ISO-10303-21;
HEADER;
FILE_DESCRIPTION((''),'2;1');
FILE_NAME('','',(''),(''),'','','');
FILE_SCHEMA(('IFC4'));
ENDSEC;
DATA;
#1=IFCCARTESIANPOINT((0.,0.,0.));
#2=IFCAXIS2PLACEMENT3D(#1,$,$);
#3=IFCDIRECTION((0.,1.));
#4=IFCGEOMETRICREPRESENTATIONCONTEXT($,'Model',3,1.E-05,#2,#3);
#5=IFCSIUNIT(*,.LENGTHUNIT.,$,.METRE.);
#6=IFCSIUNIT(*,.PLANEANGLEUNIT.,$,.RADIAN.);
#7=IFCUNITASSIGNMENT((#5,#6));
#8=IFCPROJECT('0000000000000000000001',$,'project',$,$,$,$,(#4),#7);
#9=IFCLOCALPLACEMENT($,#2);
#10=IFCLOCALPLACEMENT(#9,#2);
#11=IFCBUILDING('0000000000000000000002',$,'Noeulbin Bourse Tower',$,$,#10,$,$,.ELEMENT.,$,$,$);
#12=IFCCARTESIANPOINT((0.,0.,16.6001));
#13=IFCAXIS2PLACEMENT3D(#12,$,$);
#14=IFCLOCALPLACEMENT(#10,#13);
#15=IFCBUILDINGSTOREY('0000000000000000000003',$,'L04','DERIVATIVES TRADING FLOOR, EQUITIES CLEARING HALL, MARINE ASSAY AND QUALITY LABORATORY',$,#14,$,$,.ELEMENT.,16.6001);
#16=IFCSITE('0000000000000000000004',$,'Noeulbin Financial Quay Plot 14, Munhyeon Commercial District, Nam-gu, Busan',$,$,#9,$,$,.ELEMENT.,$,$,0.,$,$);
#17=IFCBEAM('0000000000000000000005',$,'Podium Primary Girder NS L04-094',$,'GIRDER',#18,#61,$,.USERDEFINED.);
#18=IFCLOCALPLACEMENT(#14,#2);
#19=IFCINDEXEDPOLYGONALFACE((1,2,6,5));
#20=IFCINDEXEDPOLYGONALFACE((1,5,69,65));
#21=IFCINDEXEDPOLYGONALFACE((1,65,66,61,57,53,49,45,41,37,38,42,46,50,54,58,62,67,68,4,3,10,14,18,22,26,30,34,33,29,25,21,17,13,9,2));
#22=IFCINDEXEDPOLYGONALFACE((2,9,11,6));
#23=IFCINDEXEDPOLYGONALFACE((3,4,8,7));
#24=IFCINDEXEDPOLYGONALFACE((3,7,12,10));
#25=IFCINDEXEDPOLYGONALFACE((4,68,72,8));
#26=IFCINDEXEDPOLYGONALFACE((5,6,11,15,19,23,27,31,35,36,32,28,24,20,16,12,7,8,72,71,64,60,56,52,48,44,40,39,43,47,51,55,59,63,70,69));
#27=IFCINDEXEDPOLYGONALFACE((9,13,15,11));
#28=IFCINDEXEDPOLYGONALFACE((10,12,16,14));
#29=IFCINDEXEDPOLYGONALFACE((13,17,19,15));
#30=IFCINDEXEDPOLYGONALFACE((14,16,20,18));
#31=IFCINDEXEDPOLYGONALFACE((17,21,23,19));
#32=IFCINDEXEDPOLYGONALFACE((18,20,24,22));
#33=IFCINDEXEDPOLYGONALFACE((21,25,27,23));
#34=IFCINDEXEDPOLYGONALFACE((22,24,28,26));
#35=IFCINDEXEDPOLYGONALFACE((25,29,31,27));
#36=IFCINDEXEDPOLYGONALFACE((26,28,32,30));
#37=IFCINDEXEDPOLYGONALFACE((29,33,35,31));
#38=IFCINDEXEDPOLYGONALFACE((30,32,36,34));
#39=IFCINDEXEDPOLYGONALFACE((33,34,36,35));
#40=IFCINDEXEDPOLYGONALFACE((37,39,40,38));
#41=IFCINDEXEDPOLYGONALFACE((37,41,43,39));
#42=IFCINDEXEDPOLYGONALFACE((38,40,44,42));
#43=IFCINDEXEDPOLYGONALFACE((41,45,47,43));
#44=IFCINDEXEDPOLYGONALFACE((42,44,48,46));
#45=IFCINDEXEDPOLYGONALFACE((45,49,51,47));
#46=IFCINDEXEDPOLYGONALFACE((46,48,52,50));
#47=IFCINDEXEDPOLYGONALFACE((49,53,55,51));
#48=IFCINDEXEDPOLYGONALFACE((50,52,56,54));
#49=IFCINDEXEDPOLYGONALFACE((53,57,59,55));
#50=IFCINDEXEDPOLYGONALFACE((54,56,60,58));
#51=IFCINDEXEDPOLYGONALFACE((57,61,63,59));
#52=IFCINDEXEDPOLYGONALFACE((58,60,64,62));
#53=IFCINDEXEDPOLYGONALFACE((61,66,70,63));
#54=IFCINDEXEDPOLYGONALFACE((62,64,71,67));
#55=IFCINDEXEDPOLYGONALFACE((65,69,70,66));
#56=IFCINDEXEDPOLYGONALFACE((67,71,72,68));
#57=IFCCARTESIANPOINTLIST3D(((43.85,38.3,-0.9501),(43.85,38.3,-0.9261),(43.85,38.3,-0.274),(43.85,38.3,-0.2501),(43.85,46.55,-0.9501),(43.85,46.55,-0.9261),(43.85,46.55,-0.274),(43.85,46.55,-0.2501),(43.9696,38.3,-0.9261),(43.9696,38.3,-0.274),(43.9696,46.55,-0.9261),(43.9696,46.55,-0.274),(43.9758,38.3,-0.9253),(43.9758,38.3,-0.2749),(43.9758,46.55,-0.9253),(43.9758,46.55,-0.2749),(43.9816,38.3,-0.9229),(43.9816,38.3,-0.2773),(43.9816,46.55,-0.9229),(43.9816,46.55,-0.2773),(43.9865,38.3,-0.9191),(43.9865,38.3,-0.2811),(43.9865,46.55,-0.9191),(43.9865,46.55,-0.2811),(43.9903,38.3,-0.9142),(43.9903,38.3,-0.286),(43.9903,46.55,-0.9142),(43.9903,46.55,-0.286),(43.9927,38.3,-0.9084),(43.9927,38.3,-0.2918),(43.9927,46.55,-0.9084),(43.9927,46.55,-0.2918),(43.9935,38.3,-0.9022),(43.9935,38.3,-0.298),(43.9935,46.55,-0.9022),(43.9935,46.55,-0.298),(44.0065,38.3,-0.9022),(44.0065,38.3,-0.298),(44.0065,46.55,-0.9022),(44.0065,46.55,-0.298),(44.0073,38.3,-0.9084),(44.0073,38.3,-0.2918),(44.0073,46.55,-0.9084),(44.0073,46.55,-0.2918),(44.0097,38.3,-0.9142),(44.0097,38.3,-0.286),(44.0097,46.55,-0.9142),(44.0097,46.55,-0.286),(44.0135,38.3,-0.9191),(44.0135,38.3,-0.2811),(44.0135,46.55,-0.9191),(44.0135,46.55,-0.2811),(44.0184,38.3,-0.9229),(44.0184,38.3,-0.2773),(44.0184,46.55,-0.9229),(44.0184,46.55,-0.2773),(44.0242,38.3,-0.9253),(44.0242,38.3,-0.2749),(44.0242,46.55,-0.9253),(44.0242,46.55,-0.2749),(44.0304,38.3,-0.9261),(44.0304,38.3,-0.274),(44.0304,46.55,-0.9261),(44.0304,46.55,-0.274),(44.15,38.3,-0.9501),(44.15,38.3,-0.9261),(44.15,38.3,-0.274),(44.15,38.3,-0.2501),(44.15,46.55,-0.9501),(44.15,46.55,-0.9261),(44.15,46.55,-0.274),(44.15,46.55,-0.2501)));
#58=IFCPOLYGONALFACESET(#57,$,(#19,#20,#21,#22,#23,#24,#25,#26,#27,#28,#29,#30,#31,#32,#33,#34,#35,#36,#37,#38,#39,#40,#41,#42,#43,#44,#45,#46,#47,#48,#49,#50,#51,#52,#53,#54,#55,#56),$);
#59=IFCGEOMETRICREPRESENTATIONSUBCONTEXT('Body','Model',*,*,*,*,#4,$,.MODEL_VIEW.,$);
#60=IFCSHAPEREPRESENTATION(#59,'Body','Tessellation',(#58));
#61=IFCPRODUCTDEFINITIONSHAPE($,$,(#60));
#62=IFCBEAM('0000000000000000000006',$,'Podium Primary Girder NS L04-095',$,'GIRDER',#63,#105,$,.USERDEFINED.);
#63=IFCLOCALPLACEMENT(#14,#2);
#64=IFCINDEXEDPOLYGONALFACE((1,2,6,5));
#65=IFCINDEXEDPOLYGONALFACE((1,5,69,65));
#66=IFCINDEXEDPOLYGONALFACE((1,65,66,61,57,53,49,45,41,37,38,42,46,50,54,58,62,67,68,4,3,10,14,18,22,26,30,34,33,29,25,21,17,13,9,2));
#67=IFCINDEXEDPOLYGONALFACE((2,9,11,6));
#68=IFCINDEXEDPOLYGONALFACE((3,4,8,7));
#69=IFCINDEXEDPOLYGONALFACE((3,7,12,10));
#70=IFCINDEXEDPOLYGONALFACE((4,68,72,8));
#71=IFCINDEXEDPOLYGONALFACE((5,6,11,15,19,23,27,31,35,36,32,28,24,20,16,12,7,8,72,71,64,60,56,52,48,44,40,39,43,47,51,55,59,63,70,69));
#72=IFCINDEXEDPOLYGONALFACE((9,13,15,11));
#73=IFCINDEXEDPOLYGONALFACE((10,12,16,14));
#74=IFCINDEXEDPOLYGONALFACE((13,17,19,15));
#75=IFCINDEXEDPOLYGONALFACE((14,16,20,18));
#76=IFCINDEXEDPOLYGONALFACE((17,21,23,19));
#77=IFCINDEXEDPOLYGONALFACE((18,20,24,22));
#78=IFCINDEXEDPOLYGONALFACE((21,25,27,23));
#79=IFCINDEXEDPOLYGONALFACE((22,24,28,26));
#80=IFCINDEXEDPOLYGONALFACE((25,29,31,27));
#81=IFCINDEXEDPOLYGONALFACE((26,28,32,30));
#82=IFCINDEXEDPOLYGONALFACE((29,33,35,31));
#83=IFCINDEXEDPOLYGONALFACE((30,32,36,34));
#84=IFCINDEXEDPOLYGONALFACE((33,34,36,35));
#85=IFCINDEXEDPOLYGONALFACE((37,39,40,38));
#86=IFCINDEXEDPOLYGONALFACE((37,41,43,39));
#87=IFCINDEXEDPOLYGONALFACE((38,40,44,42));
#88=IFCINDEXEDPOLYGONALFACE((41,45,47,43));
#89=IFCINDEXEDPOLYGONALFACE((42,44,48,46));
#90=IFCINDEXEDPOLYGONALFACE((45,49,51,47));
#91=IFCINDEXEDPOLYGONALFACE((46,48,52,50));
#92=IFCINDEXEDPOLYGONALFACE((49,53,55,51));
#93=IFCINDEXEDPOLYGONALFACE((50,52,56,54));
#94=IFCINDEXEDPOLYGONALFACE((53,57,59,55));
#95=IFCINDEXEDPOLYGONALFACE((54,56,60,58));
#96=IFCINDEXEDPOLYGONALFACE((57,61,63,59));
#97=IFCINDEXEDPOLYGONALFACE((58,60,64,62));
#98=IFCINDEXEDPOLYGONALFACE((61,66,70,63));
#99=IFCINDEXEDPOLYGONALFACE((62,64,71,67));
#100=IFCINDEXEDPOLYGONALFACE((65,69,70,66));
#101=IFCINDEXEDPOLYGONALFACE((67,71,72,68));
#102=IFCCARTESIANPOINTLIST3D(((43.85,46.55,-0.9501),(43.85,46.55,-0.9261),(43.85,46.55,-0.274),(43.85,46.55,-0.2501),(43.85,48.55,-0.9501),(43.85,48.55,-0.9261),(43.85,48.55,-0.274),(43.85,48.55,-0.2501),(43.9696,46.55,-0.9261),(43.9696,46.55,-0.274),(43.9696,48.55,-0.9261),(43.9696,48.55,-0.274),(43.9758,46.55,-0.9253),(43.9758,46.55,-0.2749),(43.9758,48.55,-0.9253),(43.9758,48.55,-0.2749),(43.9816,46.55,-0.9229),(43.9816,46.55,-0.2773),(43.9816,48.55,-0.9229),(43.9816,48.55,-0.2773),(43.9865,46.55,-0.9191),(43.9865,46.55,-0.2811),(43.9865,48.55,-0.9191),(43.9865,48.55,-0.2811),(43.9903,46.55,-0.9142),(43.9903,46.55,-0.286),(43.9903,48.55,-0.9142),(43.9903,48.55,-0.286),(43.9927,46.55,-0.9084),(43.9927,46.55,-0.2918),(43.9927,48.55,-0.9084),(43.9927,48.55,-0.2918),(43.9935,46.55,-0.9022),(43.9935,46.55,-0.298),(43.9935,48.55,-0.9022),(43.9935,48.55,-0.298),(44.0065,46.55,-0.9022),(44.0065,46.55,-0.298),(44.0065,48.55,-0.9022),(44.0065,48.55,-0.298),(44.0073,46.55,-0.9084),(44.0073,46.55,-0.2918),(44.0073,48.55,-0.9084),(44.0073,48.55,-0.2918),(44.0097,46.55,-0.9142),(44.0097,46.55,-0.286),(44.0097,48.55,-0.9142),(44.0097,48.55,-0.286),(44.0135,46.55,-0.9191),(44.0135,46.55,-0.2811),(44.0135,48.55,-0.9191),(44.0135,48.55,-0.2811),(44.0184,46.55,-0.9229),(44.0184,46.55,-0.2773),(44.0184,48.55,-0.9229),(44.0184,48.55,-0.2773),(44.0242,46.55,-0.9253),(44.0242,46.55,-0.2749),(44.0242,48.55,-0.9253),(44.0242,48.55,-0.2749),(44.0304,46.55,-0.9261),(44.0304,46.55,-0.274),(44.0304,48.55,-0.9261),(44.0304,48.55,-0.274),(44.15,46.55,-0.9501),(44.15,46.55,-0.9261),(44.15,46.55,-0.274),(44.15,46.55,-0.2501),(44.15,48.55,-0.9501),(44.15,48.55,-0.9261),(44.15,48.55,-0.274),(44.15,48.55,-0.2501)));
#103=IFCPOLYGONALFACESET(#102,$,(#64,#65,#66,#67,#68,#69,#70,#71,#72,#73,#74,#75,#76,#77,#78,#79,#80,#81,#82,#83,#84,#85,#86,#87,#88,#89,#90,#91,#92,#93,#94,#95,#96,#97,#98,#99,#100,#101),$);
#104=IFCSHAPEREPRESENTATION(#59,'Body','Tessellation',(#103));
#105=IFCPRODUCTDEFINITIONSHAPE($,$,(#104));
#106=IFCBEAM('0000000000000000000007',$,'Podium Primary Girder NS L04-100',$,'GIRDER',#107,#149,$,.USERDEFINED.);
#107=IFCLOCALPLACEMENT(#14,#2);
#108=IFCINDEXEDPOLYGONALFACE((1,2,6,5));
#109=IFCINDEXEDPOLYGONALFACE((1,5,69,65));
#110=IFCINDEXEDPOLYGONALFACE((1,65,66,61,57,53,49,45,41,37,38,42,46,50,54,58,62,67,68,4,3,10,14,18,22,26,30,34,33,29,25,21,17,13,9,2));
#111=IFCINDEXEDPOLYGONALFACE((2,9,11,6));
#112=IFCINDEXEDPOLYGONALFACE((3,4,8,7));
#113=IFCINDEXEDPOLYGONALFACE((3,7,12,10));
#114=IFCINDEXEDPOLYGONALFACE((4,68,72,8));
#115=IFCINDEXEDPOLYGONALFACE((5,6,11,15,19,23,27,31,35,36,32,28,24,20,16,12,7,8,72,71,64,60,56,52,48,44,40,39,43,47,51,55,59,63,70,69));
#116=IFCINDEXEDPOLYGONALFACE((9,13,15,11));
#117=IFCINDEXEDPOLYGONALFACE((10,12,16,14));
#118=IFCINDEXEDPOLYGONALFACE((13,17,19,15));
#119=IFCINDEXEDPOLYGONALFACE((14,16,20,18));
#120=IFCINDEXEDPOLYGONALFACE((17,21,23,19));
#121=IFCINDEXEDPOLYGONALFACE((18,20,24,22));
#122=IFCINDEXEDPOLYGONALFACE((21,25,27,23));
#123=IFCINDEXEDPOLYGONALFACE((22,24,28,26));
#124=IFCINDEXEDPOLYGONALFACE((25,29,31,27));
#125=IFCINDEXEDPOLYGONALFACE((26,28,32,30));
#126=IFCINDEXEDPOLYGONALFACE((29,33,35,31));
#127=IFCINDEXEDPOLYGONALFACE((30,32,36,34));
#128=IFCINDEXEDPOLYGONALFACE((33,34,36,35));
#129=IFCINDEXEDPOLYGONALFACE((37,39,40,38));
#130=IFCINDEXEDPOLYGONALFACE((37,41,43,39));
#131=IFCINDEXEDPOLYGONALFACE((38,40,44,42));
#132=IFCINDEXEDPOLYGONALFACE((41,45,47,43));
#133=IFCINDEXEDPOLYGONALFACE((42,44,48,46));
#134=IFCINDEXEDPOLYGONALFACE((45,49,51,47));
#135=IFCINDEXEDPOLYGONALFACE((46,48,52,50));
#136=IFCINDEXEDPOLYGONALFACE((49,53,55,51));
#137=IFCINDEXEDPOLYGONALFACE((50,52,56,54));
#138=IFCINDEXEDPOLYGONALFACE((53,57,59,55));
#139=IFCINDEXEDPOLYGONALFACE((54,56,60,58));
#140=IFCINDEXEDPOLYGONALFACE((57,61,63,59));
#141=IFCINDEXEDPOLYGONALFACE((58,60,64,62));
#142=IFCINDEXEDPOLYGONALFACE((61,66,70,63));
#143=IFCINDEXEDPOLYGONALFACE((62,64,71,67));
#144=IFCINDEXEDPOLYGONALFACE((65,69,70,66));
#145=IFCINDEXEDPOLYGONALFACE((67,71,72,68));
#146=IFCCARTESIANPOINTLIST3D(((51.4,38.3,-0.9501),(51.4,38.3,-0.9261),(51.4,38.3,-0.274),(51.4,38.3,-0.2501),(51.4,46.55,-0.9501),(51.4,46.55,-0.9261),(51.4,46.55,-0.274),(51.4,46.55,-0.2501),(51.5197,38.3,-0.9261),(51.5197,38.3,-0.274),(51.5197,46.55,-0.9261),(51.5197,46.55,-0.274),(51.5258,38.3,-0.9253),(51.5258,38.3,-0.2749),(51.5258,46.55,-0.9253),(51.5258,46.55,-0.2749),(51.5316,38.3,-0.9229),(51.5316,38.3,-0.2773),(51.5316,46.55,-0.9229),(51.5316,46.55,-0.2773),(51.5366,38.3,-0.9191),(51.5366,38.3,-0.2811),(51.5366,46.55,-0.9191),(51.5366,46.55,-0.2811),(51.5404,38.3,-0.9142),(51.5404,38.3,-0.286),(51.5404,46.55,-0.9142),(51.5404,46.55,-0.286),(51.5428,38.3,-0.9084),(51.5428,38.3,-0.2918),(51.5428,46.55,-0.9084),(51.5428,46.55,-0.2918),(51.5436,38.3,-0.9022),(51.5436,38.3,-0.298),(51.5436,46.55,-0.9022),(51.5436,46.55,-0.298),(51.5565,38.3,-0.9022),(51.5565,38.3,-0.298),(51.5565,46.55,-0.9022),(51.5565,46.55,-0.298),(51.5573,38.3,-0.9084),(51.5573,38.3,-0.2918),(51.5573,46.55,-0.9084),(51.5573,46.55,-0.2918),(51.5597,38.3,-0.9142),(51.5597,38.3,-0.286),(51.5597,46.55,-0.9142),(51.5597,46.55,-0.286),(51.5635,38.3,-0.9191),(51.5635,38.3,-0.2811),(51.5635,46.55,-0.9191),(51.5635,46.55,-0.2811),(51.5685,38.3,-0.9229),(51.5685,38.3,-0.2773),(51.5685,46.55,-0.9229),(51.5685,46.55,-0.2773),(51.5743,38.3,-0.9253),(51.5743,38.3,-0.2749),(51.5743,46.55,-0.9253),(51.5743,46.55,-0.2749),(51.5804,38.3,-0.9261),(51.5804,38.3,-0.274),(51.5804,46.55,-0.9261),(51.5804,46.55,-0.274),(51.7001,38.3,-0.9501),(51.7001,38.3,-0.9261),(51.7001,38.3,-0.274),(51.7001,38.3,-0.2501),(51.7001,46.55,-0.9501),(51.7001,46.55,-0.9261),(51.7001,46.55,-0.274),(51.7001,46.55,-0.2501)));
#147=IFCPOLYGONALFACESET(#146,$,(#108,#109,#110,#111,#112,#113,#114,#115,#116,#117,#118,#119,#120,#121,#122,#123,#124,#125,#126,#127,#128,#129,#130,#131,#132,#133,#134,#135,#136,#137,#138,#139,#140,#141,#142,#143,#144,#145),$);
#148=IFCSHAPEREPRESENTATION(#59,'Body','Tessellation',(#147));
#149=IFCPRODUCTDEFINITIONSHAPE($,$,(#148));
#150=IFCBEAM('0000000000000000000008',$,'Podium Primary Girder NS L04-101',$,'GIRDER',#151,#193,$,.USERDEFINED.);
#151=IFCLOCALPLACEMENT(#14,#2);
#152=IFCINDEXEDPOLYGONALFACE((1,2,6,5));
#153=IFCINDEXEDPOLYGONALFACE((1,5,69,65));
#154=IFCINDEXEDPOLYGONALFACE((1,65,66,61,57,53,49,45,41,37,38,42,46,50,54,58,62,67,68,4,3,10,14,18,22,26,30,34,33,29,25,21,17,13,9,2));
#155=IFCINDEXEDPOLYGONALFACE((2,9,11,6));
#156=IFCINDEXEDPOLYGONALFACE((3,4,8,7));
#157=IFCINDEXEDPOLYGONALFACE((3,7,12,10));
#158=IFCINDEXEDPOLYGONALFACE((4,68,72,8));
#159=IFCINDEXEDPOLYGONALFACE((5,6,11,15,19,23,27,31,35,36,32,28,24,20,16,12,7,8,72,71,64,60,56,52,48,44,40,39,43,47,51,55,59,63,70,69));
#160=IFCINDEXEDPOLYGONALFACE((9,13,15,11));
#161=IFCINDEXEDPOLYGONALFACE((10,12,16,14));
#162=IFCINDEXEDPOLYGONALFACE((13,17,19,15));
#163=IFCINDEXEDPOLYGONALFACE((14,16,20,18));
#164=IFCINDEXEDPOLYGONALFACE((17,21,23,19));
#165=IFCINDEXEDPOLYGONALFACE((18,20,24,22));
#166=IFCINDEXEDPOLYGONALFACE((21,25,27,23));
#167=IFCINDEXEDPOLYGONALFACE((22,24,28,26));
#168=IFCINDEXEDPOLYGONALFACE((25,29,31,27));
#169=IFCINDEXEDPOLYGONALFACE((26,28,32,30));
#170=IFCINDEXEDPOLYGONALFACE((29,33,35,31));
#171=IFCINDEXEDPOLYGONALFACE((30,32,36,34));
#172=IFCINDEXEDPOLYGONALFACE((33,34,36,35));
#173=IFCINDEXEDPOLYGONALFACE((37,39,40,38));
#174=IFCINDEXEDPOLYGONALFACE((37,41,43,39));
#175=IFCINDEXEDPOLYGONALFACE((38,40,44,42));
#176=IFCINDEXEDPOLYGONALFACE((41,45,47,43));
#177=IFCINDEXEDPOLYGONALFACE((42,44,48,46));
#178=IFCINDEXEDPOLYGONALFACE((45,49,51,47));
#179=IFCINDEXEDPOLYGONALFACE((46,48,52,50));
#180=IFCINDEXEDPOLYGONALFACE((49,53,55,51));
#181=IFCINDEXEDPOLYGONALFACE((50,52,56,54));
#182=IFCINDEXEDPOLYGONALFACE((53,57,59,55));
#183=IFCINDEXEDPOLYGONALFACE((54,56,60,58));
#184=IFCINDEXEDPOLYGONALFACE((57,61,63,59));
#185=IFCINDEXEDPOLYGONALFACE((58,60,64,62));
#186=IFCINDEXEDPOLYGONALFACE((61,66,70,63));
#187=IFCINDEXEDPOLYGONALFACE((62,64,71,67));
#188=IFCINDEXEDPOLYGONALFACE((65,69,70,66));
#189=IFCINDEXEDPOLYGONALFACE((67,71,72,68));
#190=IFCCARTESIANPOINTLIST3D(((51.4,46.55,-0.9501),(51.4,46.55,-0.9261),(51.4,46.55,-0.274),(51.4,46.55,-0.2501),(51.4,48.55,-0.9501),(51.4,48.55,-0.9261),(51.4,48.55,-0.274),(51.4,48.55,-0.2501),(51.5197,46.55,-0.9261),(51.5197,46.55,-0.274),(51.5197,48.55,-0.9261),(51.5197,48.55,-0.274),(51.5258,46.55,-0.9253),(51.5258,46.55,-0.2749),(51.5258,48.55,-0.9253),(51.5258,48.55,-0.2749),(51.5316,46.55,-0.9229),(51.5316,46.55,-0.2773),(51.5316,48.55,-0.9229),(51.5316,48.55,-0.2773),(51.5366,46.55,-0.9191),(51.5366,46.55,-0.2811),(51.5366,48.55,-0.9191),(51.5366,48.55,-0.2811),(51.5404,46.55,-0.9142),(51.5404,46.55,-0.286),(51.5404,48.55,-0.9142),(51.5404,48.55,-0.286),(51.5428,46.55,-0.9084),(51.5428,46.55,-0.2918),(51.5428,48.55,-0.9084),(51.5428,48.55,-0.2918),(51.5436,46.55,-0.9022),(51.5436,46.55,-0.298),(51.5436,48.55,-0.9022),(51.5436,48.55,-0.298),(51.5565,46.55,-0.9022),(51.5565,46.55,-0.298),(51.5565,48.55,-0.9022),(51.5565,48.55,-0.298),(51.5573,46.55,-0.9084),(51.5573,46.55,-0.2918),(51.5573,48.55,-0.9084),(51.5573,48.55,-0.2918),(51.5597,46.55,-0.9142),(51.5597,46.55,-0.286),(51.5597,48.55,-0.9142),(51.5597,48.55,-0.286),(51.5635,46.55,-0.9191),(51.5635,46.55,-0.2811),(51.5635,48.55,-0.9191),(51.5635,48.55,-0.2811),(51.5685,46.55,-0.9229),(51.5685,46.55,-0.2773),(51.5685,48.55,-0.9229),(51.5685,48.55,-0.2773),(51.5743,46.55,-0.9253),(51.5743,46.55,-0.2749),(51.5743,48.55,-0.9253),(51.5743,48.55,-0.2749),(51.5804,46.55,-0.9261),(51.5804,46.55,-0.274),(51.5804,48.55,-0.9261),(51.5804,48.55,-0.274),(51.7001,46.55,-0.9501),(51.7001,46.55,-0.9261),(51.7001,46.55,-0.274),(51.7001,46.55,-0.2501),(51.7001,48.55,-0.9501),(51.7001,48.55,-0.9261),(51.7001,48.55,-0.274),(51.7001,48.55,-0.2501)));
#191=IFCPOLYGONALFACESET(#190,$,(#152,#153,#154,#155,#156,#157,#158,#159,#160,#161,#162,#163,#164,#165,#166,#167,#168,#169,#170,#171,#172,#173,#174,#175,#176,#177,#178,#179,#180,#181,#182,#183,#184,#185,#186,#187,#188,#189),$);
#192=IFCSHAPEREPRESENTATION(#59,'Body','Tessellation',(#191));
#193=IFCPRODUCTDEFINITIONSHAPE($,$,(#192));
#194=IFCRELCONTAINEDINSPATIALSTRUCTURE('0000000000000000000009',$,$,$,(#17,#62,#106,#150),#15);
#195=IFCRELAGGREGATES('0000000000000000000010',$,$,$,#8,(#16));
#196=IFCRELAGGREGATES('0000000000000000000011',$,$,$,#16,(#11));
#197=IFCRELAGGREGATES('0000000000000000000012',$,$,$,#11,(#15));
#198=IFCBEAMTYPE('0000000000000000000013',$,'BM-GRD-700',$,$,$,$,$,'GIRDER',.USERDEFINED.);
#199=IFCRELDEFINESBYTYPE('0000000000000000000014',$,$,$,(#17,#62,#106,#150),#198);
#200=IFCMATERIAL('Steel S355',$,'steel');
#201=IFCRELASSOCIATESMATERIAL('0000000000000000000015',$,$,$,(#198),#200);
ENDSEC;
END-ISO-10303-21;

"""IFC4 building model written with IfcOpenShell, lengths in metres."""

from ifc_helpers import new_model, si_unit, direction, frame, origin, origin_2d, place, context, subcontext, project, spatial, i_section, extrude, material, material_profile, profile_set, type_object, element, save


model = new_model("IFC4")

# Units and contexts
model_context = context("Model", 3, precision=1e-05, world=origin(), true_north=direction((0.0, 1.0)))
body_context = subcontext(model_context, "Body", "Model", "MODEL_VIEW")
ifc_project = project(units=[si_unit("LENGTHUNIT", "METRE"), si_unit("PLANEANGLEUNIT", "RADIAN")], contexts=[model_context])

# Site, building, storey
site_placement = place(None, origin())
site = spatial("IfcSite", under=ifc_project, at=site_placement, Name="Noeulbin Financial Quay Plot 14, Munhyeon Commercial District, Nam-gu, Busan", CompositionType="ELEMENT", RefElevation=0.0)
building_placement = place(site_placement, origin())
building = spatial("IfcBuilding", under=site, at=building_placement, Name="Noeulbin Bourse Tower", CompositionType="ELEMENT")
storey_placement = place(building_placement, frame((0.0, 0.0, 16.6001)))
storey = spatial("IfcBuildingStorey", under=building, at=storey_placement, Name="L04", Description="DERIVATIVES TRADING FLOOR, EQUITIES CLEARING HALL, MARINE ASSAY AND QUALITY LABORATORY", CompositionType="ELEMENT", Elevation=16.6001)

# Beams
ifc_material_1 = material(Name="Steel S355", Category="steel")
ifc_material_profile_1 = material_profile(ifc_material_1, i_section(OverallWidth=0.3, OverallDepth=0.7, WebThickness=0.0129, FlangeThickness=0.0239, FilletRadius=0.0239, at=origin_2d()), Name="H-700x300x13x24", Category="LoadBearing")
ifc_profile_set_1 = profile_set([ifc_material_profile_1], Name="Steel S355")
beam_type_1 = type_object("IfcBeamType", Name="BM-GRD-700", ElementType="GIRDER", PredefinedType="USERDEFINED", material=ifc_profile_set_1)
beam_1_placement = place(storey_placement, frame((44.0, 38.3, -0.6001), z_axis=(0.0, 1.0, 0.0), x_axis=(-1.0, 0.0, 0.0)))
element("IfcBeam", 1, at=beam_1_placement, inside=storey, type_object=beam_type_1, Name="Podium Primary Girder NS L04-094", ObjectType="GIRDER", PredefinedType="USERDEFINED", context=body_context, shape_type="SweptSolid", body=[
    extrude(i_section(OverallWidth=0.3, OverallDepth=0.7, WebThickness=0.0129, FlangeThickness=0.0239, FilletRadius=0.0239, at=origin_2d()), origin(), (0.0, 0.0, 1.0), 8.25),
])
beam_2_placement = place(storey_placement, frame((44.0, 46.55, -0.6001), z_axis=(0.0, 1.0, 0.0), x_axis=(-1.0, 0.0, 0.0)))
element("IfcBeam", 2, at=beam_2_placement, inside=storey, type_object=beam_type_1, Name="Podium Primary Girder NS L04-095", ObjectType="GIRDER", PredefinedType="USERDEFINED", context=body_context, shape_type="SweptSolid", body=[
    extrude(i_section(OverallWidth=0.3, OverallDepth=0.7, WebThickness=0.0129, FlangeThickness=0.0239, FilletRadius=0.0239, at=origin_2d()), origin(), (0.0, 0.0, 1.0), 2.0),
])
beam_3_placement = place(storey_placement, frame((51.55, 38.3, -0.6001), z_axis=(0.0, 1.0, 0.0), x_axis=(-1.0, 0.0, 0.0)))
element("IfcBeam", 3, at=beam_3_placement, inside=storey, type_object=beam_type_1, Name="Podium Primary Girder NS L04-100", ObjectType="GIRDER", PredefinedType="USERDEFINED", context=body_context, shape_type="SweptSolid", body=[
    extrude(i_section(OverallWidth=0.3, OverallDepth=0.7, WebThickness=0.0129, FlangeThickness=0.0239, FilletRadius=0.0239, at=origin_2d()), origin(), (0.0, 0.0, 1.0), 8.25),
])
beam_4_placement = place(storey_placement, frame((51.55, 46.55, -0.6001), z_axis=(0.0, 1.0, 0.0), x_axis=(-1.0, 0.0, 0.0)))
element("IfcBeam", 4, at=beam_4_placement, inside=storey, type_object=beam_type_1, Name="Podium Primary Girder NS L04-101", ObjectType="GIRDER", PredefinedType="USERDEFINED", context=body_context, shape_type="SweptSolid", body=[
    extrude(i_section(OverallWidth=0.3, OverallDepth=0.7, WebThickness=0.0129, FlangeThickness=0.0239, FilletRadius=0.0239, at=origin_2d()), origin(), (0.0, 0.0, 1.0), 2.0),
])

save(model, "model.ifc")
